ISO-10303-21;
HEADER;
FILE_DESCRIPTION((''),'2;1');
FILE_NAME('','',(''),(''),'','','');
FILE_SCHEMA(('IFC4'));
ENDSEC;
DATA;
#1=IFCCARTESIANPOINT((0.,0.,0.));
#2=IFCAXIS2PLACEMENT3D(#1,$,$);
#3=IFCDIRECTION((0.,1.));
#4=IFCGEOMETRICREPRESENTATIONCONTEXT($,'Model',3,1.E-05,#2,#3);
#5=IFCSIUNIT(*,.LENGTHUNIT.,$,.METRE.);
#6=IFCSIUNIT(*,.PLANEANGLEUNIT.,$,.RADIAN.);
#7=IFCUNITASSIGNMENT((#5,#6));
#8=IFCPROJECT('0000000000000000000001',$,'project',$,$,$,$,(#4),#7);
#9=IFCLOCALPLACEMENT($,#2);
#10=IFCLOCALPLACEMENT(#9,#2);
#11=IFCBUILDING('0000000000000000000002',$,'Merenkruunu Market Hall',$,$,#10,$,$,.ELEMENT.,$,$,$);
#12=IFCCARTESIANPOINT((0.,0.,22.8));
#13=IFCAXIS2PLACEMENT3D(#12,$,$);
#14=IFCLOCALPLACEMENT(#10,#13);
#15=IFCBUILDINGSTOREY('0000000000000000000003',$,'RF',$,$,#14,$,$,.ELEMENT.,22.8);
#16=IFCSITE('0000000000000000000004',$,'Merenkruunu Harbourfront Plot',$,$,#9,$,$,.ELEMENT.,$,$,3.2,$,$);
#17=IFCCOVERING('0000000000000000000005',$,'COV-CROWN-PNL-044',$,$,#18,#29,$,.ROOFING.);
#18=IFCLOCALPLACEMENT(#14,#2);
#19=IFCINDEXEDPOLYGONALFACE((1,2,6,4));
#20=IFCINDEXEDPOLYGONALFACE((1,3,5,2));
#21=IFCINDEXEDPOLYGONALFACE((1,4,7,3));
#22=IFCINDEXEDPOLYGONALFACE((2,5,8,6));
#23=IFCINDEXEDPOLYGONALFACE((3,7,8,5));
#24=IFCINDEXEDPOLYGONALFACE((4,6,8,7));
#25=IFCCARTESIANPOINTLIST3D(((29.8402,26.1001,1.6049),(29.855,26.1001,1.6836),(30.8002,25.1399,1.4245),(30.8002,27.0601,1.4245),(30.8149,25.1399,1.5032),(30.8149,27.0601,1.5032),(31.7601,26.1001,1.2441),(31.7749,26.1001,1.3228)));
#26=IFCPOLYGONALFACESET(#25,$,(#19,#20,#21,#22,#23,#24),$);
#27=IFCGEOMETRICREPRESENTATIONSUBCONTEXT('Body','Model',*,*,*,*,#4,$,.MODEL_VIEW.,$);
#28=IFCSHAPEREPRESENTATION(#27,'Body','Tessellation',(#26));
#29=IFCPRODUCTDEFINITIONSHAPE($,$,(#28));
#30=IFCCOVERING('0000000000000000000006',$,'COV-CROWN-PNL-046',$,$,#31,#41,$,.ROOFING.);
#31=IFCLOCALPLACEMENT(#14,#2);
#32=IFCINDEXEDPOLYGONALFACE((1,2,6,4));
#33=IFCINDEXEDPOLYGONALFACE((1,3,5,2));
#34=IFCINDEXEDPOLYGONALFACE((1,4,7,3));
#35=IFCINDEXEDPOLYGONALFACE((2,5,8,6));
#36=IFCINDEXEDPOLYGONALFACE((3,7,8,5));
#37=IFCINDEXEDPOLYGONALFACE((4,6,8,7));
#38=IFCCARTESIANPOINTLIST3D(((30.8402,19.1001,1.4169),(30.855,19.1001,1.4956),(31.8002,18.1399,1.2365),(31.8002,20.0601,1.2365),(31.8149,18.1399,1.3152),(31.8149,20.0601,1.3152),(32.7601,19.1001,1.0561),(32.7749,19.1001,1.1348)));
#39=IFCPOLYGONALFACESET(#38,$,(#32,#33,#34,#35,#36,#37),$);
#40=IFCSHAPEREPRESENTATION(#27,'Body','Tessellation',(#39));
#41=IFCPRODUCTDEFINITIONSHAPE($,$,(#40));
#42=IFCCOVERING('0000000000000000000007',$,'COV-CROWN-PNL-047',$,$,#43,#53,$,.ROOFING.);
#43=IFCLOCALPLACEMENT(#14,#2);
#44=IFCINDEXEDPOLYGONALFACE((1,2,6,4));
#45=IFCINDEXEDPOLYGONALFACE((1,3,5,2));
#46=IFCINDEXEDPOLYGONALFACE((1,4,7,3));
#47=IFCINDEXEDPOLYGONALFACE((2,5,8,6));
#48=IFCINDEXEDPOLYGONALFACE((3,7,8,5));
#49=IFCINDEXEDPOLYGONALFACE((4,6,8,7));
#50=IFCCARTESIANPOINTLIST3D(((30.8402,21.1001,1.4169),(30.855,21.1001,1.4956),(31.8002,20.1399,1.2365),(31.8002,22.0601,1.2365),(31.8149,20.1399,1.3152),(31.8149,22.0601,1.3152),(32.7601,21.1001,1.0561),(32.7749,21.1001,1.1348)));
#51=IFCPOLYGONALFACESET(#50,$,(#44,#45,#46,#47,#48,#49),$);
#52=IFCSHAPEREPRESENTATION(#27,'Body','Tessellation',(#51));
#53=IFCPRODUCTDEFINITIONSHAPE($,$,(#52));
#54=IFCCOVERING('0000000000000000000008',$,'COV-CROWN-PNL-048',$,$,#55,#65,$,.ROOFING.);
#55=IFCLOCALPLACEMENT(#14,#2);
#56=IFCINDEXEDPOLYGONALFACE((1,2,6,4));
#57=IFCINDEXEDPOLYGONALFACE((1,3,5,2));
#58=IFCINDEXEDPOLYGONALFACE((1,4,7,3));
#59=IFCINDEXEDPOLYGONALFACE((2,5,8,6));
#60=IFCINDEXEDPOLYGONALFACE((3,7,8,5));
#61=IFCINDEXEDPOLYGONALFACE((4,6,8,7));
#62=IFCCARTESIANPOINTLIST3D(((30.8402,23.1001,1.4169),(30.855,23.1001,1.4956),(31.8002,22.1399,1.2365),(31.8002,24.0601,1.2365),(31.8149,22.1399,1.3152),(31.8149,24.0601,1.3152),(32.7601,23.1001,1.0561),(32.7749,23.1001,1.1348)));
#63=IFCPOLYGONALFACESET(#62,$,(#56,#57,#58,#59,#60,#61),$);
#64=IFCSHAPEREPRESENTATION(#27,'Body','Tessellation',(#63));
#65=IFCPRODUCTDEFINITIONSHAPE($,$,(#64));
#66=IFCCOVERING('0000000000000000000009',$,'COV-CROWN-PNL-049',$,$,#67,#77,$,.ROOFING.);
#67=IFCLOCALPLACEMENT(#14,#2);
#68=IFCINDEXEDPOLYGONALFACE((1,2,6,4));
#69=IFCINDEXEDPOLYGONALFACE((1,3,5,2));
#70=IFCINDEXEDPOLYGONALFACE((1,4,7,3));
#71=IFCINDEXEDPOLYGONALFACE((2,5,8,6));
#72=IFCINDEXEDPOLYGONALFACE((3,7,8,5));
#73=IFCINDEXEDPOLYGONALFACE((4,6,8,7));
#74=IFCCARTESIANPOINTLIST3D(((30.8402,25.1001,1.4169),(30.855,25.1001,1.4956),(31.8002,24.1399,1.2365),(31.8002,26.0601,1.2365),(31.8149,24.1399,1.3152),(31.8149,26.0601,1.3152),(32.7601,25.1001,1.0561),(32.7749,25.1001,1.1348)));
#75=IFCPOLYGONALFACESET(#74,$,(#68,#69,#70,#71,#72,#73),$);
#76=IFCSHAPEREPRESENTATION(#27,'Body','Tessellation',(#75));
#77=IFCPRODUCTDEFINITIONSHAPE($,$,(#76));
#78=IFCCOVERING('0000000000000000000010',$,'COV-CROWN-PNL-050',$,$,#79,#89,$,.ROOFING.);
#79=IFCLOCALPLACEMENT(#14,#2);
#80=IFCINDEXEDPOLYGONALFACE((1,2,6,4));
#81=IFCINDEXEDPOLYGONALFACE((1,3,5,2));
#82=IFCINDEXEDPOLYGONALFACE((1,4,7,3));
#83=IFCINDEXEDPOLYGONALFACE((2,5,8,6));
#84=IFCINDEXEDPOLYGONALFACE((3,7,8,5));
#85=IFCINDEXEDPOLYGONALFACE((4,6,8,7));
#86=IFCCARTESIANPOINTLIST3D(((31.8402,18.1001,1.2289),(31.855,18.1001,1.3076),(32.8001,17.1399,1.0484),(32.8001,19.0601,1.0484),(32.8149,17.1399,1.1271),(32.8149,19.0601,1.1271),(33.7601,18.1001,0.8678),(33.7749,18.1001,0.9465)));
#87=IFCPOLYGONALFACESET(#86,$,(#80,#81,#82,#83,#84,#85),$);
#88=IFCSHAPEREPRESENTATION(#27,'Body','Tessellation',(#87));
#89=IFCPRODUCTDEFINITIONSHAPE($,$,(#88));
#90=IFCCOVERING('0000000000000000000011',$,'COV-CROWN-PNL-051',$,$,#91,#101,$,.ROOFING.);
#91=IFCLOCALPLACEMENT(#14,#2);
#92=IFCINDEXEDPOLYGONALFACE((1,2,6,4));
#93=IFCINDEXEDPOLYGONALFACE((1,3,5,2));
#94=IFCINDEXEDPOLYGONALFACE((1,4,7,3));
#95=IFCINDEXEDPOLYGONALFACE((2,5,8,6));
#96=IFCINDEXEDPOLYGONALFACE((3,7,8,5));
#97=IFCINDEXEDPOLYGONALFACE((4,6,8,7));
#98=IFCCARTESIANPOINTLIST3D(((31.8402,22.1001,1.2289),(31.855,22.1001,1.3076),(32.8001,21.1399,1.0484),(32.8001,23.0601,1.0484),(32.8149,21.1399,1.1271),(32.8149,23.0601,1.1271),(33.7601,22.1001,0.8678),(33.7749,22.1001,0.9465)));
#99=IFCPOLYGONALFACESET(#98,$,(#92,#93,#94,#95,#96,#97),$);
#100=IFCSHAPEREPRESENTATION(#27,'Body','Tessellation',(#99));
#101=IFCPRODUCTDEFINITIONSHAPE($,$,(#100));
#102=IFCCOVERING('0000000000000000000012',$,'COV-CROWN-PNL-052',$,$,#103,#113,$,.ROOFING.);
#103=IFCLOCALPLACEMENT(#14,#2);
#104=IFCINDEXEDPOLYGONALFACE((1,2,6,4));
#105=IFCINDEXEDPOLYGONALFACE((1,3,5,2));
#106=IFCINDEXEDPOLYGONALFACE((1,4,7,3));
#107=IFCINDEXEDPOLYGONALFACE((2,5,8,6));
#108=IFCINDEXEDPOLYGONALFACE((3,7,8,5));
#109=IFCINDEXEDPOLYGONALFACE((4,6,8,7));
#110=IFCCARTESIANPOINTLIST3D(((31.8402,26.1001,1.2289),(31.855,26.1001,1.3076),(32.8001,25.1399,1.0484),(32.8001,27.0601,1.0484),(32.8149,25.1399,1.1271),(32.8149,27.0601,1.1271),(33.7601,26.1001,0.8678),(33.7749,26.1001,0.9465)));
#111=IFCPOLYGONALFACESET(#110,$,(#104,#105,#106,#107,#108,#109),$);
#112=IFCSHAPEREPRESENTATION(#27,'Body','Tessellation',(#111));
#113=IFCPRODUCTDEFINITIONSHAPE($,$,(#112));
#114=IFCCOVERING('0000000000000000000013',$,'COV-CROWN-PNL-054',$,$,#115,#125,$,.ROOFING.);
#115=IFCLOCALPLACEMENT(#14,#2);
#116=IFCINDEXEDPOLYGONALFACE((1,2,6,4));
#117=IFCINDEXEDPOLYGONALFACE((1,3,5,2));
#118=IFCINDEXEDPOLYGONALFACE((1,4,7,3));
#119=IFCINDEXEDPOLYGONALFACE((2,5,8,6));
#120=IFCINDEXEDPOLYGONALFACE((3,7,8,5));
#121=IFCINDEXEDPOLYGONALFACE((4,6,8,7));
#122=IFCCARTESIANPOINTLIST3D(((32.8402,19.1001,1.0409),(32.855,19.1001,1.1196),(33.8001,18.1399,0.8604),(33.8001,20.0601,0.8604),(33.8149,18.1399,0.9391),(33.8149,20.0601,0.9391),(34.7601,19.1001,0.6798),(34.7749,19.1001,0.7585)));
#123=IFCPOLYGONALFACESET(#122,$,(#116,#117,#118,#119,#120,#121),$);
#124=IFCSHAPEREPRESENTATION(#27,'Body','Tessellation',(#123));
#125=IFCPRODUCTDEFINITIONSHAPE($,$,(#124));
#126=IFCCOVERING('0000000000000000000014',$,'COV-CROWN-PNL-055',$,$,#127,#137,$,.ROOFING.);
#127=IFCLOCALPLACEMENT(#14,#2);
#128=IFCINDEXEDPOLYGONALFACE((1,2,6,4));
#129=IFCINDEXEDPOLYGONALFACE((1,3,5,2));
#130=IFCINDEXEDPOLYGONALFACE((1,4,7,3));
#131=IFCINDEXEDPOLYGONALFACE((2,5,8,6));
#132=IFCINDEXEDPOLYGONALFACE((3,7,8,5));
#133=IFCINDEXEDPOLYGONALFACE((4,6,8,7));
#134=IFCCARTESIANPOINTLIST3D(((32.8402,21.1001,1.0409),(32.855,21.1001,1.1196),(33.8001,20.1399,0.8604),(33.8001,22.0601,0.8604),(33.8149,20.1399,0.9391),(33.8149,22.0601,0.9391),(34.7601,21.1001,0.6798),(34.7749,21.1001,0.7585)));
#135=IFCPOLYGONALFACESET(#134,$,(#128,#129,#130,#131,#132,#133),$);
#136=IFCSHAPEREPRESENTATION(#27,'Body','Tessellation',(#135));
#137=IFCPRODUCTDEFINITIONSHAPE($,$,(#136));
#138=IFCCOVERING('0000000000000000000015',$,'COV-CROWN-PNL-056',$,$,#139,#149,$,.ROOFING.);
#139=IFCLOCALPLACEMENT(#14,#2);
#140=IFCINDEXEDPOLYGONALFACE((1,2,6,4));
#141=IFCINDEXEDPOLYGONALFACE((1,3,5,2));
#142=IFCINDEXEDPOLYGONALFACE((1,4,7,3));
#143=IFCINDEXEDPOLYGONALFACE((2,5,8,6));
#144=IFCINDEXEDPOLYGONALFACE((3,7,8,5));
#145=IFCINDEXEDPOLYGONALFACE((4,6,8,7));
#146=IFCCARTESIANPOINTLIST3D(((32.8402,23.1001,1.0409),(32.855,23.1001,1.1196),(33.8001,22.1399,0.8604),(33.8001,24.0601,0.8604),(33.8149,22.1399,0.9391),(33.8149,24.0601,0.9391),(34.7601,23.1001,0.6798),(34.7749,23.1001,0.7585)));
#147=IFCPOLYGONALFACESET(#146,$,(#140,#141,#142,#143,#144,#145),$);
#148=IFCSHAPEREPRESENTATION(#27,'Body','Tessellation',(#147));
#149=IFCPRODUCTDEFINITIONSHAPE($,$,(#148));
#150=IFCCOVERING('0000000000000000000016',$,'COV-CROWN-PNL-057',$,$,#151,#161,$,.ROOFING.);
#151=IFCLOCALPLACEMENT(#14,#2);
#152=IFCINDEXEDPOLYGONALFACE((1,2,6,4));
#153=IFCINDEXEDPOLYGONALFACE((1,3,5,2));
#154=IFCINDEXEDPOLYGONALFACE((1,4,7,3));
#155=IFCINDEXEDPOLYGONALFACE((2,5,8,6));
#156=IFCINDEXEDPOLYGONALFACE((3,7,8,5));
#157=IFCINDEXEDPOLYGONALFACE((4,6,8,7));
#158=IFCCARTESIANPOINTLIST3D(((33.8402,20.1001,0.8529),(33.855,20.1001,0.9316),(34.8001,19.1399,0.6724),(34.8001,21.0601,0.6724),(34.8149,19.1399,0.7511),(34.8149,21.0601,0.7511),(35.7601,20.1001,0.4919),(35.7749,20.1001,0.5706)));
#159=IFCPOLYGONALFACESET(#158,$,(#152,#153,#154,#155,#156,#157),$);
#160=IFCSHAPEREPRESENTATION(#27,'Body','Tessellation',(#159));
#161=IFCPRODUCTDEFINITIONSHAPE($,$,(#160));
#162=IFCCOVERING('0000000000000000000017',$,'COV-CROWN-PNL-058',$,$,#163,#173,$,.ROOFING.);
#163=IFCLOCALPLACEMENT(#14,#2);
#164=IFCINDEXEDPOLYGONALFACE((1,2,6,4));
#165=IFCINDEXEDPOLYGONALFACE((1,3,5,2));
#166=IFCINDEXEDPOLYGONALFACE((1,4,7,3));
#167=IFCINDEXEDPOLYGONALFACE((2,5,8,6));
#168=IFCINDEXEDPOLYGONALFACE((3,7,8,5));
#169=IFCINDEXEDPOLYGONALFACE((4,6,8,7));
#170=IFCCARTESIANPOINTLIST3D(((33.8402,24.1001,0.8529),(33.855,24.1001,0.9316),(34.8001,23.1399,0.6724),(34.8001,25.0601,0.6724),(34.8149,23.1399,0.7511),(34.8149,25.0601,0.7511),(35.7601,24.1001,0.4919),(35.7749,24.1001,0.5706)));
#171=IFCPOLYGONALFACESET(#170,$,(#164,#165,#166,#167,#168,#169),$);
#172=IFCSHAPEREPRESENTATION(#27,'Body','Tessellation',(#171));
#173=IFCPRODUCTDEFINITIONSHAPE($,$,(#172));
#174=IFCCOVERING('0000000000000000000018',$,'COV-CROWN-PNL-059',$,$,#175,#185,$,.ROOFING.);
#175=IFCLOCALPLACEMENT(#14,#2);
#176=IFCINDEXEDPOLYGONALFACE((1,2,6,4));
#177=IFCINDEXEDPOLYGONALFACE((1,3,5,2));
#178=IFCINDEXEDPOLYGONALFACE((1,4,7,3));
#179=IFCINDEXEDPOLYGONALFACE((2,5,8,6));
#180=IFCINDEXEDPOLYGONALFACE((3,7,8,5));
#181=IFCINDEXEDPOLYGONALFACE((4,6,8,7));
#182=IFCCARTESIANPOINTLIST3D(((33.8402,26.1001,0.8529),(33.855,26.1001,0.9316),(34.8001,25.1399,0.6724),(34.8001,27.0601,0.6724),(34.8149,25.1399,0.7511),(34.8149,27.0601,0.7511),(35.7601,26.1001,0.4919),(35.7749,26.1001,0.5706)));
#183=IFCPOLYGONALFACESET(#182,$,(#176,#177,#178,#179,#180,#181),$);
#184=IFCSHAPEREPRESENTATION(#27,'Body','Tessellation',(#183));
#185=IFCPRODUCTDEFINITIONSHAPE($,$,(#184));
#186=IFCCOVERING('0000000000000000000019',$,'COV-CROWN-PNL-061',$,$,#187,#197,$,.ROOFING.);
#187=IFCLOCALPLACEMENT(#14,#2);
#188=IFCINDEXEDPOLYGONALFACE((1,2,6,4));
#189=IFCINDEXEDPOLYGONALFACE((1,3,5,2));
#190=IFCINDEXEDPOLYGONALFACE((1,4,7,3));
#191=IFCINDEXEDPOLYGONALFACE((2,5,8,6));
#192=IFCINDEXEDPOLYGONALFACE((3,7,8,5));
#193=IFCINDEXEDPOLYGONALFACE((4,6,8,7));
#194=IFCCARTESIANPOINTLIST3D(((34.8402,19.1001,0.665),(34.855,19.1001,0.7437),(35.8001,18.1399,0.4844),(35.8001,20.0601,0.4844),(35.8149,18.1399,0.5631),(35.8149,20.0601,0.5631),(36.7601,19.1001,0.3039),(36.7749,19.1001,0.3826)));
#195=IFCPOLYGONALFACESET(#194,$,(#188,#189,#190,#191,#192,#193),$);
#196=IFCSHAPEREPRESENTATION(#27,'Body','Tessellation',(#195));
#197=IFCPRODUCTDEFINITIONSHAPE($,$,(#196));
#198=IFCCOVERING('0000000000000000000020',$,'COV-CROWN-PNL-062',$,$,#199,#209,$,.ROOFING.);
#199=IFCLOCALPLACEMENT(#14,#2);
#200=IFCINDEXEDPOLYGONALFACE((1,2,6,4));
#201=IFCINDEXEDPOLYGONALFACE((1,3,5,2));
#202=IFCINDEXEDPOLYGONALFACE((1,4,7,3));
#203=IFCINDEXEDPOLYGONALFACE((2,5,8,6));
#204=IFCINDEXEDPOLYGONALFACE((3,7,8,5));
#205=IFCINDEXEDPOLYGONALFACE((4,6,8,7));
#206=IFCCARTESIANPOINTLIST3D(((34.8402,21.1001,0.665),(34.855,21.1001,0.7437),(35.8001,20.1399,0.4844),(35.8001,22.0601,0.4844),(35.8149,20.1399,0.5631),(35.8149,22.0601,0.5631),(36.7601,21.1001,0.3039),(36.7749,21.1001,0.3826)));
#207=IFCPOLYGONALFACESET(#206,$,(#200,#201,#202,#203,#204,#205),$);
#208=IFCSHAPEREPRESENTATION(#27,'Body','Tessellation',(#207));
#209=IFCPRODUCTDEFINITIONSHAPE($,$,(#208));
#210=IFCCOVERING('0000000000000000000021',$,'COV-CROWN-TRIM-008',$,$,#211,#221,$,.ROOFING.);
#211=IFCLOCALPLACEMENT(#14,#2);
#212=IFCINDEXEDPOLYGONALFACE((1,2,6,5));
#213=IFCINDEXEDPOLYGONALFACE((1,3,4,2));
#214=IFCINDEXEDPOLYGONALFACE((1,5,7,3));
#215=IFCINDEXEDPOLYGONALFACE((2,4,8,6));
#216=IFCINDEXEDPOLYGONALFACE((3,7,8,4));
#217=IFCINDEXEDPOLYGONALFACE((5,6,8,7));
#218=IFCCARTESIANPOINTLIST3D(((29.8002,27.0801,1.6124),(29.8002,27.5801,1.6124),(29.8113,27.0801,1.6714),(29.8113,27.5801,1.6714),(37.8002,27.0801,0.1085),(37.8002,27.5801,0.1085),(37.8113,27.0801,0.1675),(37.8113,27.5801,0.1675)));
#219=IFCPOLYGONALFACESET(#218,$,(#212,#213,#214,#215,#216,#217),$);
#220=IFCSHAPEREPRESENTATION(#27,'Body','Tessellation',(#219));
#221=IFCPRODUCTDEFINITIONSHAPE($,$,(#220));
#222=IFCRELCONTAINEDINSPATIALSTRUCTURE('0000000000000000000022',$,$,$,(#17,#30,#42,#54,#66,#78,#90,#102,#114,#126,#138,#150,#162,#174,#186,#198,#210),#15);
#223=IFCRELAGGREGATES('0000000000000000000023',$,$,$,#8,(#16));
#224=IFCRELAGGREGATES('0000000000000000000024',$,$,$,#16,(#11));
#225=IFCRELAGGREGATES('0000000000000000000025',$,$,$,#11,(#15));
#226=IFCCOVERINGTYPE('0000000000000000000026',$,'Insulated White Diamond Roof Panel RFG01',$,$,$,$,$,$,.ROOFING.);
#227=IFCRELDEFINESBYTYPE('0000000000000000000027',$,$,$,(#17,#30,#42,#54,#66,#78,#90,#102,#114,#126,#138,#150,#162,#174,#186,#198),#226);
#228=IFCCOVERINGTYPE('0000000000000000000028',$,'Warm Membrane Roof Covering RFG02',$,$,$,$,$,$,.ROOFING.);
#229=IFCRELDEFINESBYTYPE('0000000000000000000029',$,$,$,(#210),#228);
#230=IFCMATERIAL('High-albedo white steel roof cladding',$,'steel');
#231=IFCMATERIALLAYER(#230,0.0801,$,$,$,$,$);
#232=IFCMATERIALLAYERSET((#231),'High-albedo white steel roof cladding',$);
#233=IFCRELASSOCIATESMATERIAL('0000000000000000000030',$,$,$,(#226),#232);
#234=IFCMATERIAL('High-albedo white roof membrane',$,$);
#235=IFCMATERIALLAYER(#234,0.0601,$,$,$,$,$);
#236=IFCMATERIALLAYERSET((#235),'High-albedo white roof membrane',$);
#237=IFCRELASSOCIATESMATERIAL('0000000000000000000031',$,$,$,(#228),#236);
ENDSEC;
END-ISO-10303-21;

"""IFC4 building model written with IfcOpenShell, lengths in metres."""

from ifc_helpers import new_model, si_unit, direction, frame, origin, place, context, subcontext, project, spatial, polyline, outline, extrude, material, layer, layer_set, type_object, element, save


model = new_model("IFC4")

# Units and contexts
model_context = context("Model", 3, precision=1e-05, world=origin(), true_north=direction((0.0, 1.0)))
body_context = subcontext(model_context, "Body", "Model", "MODEL_VIEW")
ifc_project = project(units=[si_unit("LENGTHUNIT", "METRE"), si_unit("PLANEANGLEUNIT", "RADIAN")], contexts=[model_context])

# Site, building, storey
site_placement = place(None, origin())
site = spatial("IfcSite", under=ifc_project, at=site_placement, Name="Merenkruunu Harbourfront Plot", CompositionType="ELEMENT", RefElevation=3.2)
building_placement = place(site_placement, origin())
building = spatial("IfcBuilding", under=site, at=building_placement, Name="Merenkruunu Market Hall", CompositionType="ELEMENT")
storey_placement = place(building_placement, frame((0.0, 0.0, 22.8)))
storey = spatial("IfcBuildingStorey", under=building, at=storey_placement, Name="RF", CompositionType="ELEMENT", Elevation=22.8)

# Coverings
ifc_material_1 = material(Name="High-albedo white steel roof cladding", Category="steel")
ifc_layer_1 = layer(ifc_material_1, 0.0801)
ifc_layer_set_1 = layer_set([ifc_layer_1], Name="High-albedo white steel roof cladding")
covering_type_1 = type_object("IfcCoveringType", Name="Insulated White Diamond Roof Panel RFG01", PredefinedType="ROOFING", material=ifc_layer_set_1)
for number, where, z_axis, x_axis, name in (
    (1, (29.855, 26.1001, 1.6836), (0.184711, 0.0, 0.982793), (0.700856, -0.701035, -0.131722), "COV-CROWN-PNL-044"),
    (2, (30.855, 19.1001, 1.4956), (0.184711, 0.0, 0.982793), (0.700856, -0.701035, -0.131722), "COV-CROWN-PNL-046"),
    (3, (30.855, 21.1001, 1.4956), (0.184711, 0.0, 0.982793), (0.700856, -0.701035, -0.131722), "COV-CROWN-PNL-047"),
    (4, (30.855, 23.1001, 1.4956), (0.184711, 0.0, 0.982793), (0.700856, -0.701035, -0.131722), "COV-CROWN-PNL-048"),
    (5, (30.855, 25.1001, 1.4956), (0.184711, 0.0, 0.982793), (0.700856, -0.701035, -0.131722), "COV-CROWN-PNL-049"),
):
    element("IfcCovering", number, at=place(storey_placement, frame(where, z_axis=z_axis, x_axis=x_axis)), inside=storey, type_object=covering_type_1, Name=name, PredefinedType="ROOFING", context=body_context, shape_type="SweptSolid", body=[
        extrude(outline(polyline([(0.0, 0.0), (1.3697, 0.0), (1.3931, 1.3695), (0.0236, 1.3693), (0.0, 0.0)])), origin(), (0.0, 0.0, -1.0), 0.0801),
    ])
for number, where, z_axis, x_axis, name in (
    (6, (31.855, 18.1001, 1.3076), (0.184832, 0.0, 0.98277), (0.70084, -0.701035, -0.131809), "COV-CROWN-PNL-050"),
    (7, (31.855, 22.1001, 1.3076), (0.184832, 0.0, 0.98277), (0.70084, -0.701035, -0.131809), "COV-CROWN-PNL-051"),
    (8, (31.855, 26.1001, 1.3076), (0.184832, 0.0, 0.98277), (0.70084, -0.701035, -0.131809), "COV-CROWN-PNL-052"),
    (9, (32.855, 19.1001, 1.1196), (0.184832, 0.0, 0.98277), (0.70084, -0.701035, -0.131809), "COV-CROWN-PNL-054"),
    (10, (32.855, 21.1001, 1.1196), (0.184832, 0.0, 0.98277), (0.70084, -0.701035, -0.131809), "COV-CROWN-PNL-055"),
    (11, (32.855, 23.1001, 1.1196), (0.184832, 0.0, 0.98277), (0.70084, -0.701035, -0.131809), "COV-CROWN-PNL-056"),
    (12, (33.855, 20.1001, 0.9316), (0.184832, 0.0, 0.98277), (0.70084, -0.701035, -0.131809), "COV-CROWN-PNL-057"),
    (13, (33.855, 24.1001, 0.9316), (0.184832, 0.0, 0.98277), (0.70084, -0.701035, -0.131809), "COV-CROWN-PNL-058"),
    (14, (33.855, 26.1001, 0.9316), (0.184832, 0.0, 0.98277), (0.70084, -0.701035, -0.131809), "COV-CROWN-PNL-059"),
    (15, (34.855, 19.1001, 0.7437), (0.184832, 0.0, 0.98277), (0.70084, -0.701035, -0.131809), "COV-CROWN-PNL-061"),
    (16, (34.855, 21.1001, 0.7437), (0.184832, 0.0, 0.98277), (0.70084, -0.701035, -0.131809), "COV-CROWN-PNL-062"),
):
    element("IfcCovering", number, at=place(storey_placement, frame(where, z_axis=z_axis, x_axis=x_axis)), inside=storey, type_object=covering_type_1, Name=name, PredefinedType="ROOFING", context=body_context, shape_type="SweptSolid", body=[
        extrude(outline(polyline([(0.0, 0.0), (1.3697, 0.0), (1.3932, 1.3695), (0.0236, 1.3693), (0.0, 0.0)])), origin(), (0.0, 0.0, -1.0), 0.0801),
    ])
ifc_material_2 = material(Name="High-albedo white roof membrane")
ifc_layer_2 = layer(ifc_material_2, 0.0601)
ifc_layer_set_2 = layer_set([ifc_layer_2], Name="High-albedo white roof membrane")
covering_type_2 = type_object("IfcCoveringType", Name="Warm Membrane Roof Covering RFG02", PredefinedType="ROOFING", material=ifc_layer_set_2)
covering_placement = place(storey_placement, frame((29.8113, 27.0801, 1.6714), z_axis=(0.184752, 0.0, 0.982785), x_axis=(0.982785, 0.0, -0.184752)))
element("IfcCovering", 17, at=covering_placement, inside=storey, type_object=covering_type_2, Name="COV-CROWN-TRIM-008", PredefinedType="ROOFING", context=body_context, shape_type="SweptSolid", body=[
    extrude(outline(polyline([(0.0, 0.0), (8.1401, 0.0), (8.1401, 0.5), (0.0, 0.5), (0.0, 0.0)])), origin(), (0.0, 0.0, -1.0), 0.0601),
])

save(model, "model.ifc")
